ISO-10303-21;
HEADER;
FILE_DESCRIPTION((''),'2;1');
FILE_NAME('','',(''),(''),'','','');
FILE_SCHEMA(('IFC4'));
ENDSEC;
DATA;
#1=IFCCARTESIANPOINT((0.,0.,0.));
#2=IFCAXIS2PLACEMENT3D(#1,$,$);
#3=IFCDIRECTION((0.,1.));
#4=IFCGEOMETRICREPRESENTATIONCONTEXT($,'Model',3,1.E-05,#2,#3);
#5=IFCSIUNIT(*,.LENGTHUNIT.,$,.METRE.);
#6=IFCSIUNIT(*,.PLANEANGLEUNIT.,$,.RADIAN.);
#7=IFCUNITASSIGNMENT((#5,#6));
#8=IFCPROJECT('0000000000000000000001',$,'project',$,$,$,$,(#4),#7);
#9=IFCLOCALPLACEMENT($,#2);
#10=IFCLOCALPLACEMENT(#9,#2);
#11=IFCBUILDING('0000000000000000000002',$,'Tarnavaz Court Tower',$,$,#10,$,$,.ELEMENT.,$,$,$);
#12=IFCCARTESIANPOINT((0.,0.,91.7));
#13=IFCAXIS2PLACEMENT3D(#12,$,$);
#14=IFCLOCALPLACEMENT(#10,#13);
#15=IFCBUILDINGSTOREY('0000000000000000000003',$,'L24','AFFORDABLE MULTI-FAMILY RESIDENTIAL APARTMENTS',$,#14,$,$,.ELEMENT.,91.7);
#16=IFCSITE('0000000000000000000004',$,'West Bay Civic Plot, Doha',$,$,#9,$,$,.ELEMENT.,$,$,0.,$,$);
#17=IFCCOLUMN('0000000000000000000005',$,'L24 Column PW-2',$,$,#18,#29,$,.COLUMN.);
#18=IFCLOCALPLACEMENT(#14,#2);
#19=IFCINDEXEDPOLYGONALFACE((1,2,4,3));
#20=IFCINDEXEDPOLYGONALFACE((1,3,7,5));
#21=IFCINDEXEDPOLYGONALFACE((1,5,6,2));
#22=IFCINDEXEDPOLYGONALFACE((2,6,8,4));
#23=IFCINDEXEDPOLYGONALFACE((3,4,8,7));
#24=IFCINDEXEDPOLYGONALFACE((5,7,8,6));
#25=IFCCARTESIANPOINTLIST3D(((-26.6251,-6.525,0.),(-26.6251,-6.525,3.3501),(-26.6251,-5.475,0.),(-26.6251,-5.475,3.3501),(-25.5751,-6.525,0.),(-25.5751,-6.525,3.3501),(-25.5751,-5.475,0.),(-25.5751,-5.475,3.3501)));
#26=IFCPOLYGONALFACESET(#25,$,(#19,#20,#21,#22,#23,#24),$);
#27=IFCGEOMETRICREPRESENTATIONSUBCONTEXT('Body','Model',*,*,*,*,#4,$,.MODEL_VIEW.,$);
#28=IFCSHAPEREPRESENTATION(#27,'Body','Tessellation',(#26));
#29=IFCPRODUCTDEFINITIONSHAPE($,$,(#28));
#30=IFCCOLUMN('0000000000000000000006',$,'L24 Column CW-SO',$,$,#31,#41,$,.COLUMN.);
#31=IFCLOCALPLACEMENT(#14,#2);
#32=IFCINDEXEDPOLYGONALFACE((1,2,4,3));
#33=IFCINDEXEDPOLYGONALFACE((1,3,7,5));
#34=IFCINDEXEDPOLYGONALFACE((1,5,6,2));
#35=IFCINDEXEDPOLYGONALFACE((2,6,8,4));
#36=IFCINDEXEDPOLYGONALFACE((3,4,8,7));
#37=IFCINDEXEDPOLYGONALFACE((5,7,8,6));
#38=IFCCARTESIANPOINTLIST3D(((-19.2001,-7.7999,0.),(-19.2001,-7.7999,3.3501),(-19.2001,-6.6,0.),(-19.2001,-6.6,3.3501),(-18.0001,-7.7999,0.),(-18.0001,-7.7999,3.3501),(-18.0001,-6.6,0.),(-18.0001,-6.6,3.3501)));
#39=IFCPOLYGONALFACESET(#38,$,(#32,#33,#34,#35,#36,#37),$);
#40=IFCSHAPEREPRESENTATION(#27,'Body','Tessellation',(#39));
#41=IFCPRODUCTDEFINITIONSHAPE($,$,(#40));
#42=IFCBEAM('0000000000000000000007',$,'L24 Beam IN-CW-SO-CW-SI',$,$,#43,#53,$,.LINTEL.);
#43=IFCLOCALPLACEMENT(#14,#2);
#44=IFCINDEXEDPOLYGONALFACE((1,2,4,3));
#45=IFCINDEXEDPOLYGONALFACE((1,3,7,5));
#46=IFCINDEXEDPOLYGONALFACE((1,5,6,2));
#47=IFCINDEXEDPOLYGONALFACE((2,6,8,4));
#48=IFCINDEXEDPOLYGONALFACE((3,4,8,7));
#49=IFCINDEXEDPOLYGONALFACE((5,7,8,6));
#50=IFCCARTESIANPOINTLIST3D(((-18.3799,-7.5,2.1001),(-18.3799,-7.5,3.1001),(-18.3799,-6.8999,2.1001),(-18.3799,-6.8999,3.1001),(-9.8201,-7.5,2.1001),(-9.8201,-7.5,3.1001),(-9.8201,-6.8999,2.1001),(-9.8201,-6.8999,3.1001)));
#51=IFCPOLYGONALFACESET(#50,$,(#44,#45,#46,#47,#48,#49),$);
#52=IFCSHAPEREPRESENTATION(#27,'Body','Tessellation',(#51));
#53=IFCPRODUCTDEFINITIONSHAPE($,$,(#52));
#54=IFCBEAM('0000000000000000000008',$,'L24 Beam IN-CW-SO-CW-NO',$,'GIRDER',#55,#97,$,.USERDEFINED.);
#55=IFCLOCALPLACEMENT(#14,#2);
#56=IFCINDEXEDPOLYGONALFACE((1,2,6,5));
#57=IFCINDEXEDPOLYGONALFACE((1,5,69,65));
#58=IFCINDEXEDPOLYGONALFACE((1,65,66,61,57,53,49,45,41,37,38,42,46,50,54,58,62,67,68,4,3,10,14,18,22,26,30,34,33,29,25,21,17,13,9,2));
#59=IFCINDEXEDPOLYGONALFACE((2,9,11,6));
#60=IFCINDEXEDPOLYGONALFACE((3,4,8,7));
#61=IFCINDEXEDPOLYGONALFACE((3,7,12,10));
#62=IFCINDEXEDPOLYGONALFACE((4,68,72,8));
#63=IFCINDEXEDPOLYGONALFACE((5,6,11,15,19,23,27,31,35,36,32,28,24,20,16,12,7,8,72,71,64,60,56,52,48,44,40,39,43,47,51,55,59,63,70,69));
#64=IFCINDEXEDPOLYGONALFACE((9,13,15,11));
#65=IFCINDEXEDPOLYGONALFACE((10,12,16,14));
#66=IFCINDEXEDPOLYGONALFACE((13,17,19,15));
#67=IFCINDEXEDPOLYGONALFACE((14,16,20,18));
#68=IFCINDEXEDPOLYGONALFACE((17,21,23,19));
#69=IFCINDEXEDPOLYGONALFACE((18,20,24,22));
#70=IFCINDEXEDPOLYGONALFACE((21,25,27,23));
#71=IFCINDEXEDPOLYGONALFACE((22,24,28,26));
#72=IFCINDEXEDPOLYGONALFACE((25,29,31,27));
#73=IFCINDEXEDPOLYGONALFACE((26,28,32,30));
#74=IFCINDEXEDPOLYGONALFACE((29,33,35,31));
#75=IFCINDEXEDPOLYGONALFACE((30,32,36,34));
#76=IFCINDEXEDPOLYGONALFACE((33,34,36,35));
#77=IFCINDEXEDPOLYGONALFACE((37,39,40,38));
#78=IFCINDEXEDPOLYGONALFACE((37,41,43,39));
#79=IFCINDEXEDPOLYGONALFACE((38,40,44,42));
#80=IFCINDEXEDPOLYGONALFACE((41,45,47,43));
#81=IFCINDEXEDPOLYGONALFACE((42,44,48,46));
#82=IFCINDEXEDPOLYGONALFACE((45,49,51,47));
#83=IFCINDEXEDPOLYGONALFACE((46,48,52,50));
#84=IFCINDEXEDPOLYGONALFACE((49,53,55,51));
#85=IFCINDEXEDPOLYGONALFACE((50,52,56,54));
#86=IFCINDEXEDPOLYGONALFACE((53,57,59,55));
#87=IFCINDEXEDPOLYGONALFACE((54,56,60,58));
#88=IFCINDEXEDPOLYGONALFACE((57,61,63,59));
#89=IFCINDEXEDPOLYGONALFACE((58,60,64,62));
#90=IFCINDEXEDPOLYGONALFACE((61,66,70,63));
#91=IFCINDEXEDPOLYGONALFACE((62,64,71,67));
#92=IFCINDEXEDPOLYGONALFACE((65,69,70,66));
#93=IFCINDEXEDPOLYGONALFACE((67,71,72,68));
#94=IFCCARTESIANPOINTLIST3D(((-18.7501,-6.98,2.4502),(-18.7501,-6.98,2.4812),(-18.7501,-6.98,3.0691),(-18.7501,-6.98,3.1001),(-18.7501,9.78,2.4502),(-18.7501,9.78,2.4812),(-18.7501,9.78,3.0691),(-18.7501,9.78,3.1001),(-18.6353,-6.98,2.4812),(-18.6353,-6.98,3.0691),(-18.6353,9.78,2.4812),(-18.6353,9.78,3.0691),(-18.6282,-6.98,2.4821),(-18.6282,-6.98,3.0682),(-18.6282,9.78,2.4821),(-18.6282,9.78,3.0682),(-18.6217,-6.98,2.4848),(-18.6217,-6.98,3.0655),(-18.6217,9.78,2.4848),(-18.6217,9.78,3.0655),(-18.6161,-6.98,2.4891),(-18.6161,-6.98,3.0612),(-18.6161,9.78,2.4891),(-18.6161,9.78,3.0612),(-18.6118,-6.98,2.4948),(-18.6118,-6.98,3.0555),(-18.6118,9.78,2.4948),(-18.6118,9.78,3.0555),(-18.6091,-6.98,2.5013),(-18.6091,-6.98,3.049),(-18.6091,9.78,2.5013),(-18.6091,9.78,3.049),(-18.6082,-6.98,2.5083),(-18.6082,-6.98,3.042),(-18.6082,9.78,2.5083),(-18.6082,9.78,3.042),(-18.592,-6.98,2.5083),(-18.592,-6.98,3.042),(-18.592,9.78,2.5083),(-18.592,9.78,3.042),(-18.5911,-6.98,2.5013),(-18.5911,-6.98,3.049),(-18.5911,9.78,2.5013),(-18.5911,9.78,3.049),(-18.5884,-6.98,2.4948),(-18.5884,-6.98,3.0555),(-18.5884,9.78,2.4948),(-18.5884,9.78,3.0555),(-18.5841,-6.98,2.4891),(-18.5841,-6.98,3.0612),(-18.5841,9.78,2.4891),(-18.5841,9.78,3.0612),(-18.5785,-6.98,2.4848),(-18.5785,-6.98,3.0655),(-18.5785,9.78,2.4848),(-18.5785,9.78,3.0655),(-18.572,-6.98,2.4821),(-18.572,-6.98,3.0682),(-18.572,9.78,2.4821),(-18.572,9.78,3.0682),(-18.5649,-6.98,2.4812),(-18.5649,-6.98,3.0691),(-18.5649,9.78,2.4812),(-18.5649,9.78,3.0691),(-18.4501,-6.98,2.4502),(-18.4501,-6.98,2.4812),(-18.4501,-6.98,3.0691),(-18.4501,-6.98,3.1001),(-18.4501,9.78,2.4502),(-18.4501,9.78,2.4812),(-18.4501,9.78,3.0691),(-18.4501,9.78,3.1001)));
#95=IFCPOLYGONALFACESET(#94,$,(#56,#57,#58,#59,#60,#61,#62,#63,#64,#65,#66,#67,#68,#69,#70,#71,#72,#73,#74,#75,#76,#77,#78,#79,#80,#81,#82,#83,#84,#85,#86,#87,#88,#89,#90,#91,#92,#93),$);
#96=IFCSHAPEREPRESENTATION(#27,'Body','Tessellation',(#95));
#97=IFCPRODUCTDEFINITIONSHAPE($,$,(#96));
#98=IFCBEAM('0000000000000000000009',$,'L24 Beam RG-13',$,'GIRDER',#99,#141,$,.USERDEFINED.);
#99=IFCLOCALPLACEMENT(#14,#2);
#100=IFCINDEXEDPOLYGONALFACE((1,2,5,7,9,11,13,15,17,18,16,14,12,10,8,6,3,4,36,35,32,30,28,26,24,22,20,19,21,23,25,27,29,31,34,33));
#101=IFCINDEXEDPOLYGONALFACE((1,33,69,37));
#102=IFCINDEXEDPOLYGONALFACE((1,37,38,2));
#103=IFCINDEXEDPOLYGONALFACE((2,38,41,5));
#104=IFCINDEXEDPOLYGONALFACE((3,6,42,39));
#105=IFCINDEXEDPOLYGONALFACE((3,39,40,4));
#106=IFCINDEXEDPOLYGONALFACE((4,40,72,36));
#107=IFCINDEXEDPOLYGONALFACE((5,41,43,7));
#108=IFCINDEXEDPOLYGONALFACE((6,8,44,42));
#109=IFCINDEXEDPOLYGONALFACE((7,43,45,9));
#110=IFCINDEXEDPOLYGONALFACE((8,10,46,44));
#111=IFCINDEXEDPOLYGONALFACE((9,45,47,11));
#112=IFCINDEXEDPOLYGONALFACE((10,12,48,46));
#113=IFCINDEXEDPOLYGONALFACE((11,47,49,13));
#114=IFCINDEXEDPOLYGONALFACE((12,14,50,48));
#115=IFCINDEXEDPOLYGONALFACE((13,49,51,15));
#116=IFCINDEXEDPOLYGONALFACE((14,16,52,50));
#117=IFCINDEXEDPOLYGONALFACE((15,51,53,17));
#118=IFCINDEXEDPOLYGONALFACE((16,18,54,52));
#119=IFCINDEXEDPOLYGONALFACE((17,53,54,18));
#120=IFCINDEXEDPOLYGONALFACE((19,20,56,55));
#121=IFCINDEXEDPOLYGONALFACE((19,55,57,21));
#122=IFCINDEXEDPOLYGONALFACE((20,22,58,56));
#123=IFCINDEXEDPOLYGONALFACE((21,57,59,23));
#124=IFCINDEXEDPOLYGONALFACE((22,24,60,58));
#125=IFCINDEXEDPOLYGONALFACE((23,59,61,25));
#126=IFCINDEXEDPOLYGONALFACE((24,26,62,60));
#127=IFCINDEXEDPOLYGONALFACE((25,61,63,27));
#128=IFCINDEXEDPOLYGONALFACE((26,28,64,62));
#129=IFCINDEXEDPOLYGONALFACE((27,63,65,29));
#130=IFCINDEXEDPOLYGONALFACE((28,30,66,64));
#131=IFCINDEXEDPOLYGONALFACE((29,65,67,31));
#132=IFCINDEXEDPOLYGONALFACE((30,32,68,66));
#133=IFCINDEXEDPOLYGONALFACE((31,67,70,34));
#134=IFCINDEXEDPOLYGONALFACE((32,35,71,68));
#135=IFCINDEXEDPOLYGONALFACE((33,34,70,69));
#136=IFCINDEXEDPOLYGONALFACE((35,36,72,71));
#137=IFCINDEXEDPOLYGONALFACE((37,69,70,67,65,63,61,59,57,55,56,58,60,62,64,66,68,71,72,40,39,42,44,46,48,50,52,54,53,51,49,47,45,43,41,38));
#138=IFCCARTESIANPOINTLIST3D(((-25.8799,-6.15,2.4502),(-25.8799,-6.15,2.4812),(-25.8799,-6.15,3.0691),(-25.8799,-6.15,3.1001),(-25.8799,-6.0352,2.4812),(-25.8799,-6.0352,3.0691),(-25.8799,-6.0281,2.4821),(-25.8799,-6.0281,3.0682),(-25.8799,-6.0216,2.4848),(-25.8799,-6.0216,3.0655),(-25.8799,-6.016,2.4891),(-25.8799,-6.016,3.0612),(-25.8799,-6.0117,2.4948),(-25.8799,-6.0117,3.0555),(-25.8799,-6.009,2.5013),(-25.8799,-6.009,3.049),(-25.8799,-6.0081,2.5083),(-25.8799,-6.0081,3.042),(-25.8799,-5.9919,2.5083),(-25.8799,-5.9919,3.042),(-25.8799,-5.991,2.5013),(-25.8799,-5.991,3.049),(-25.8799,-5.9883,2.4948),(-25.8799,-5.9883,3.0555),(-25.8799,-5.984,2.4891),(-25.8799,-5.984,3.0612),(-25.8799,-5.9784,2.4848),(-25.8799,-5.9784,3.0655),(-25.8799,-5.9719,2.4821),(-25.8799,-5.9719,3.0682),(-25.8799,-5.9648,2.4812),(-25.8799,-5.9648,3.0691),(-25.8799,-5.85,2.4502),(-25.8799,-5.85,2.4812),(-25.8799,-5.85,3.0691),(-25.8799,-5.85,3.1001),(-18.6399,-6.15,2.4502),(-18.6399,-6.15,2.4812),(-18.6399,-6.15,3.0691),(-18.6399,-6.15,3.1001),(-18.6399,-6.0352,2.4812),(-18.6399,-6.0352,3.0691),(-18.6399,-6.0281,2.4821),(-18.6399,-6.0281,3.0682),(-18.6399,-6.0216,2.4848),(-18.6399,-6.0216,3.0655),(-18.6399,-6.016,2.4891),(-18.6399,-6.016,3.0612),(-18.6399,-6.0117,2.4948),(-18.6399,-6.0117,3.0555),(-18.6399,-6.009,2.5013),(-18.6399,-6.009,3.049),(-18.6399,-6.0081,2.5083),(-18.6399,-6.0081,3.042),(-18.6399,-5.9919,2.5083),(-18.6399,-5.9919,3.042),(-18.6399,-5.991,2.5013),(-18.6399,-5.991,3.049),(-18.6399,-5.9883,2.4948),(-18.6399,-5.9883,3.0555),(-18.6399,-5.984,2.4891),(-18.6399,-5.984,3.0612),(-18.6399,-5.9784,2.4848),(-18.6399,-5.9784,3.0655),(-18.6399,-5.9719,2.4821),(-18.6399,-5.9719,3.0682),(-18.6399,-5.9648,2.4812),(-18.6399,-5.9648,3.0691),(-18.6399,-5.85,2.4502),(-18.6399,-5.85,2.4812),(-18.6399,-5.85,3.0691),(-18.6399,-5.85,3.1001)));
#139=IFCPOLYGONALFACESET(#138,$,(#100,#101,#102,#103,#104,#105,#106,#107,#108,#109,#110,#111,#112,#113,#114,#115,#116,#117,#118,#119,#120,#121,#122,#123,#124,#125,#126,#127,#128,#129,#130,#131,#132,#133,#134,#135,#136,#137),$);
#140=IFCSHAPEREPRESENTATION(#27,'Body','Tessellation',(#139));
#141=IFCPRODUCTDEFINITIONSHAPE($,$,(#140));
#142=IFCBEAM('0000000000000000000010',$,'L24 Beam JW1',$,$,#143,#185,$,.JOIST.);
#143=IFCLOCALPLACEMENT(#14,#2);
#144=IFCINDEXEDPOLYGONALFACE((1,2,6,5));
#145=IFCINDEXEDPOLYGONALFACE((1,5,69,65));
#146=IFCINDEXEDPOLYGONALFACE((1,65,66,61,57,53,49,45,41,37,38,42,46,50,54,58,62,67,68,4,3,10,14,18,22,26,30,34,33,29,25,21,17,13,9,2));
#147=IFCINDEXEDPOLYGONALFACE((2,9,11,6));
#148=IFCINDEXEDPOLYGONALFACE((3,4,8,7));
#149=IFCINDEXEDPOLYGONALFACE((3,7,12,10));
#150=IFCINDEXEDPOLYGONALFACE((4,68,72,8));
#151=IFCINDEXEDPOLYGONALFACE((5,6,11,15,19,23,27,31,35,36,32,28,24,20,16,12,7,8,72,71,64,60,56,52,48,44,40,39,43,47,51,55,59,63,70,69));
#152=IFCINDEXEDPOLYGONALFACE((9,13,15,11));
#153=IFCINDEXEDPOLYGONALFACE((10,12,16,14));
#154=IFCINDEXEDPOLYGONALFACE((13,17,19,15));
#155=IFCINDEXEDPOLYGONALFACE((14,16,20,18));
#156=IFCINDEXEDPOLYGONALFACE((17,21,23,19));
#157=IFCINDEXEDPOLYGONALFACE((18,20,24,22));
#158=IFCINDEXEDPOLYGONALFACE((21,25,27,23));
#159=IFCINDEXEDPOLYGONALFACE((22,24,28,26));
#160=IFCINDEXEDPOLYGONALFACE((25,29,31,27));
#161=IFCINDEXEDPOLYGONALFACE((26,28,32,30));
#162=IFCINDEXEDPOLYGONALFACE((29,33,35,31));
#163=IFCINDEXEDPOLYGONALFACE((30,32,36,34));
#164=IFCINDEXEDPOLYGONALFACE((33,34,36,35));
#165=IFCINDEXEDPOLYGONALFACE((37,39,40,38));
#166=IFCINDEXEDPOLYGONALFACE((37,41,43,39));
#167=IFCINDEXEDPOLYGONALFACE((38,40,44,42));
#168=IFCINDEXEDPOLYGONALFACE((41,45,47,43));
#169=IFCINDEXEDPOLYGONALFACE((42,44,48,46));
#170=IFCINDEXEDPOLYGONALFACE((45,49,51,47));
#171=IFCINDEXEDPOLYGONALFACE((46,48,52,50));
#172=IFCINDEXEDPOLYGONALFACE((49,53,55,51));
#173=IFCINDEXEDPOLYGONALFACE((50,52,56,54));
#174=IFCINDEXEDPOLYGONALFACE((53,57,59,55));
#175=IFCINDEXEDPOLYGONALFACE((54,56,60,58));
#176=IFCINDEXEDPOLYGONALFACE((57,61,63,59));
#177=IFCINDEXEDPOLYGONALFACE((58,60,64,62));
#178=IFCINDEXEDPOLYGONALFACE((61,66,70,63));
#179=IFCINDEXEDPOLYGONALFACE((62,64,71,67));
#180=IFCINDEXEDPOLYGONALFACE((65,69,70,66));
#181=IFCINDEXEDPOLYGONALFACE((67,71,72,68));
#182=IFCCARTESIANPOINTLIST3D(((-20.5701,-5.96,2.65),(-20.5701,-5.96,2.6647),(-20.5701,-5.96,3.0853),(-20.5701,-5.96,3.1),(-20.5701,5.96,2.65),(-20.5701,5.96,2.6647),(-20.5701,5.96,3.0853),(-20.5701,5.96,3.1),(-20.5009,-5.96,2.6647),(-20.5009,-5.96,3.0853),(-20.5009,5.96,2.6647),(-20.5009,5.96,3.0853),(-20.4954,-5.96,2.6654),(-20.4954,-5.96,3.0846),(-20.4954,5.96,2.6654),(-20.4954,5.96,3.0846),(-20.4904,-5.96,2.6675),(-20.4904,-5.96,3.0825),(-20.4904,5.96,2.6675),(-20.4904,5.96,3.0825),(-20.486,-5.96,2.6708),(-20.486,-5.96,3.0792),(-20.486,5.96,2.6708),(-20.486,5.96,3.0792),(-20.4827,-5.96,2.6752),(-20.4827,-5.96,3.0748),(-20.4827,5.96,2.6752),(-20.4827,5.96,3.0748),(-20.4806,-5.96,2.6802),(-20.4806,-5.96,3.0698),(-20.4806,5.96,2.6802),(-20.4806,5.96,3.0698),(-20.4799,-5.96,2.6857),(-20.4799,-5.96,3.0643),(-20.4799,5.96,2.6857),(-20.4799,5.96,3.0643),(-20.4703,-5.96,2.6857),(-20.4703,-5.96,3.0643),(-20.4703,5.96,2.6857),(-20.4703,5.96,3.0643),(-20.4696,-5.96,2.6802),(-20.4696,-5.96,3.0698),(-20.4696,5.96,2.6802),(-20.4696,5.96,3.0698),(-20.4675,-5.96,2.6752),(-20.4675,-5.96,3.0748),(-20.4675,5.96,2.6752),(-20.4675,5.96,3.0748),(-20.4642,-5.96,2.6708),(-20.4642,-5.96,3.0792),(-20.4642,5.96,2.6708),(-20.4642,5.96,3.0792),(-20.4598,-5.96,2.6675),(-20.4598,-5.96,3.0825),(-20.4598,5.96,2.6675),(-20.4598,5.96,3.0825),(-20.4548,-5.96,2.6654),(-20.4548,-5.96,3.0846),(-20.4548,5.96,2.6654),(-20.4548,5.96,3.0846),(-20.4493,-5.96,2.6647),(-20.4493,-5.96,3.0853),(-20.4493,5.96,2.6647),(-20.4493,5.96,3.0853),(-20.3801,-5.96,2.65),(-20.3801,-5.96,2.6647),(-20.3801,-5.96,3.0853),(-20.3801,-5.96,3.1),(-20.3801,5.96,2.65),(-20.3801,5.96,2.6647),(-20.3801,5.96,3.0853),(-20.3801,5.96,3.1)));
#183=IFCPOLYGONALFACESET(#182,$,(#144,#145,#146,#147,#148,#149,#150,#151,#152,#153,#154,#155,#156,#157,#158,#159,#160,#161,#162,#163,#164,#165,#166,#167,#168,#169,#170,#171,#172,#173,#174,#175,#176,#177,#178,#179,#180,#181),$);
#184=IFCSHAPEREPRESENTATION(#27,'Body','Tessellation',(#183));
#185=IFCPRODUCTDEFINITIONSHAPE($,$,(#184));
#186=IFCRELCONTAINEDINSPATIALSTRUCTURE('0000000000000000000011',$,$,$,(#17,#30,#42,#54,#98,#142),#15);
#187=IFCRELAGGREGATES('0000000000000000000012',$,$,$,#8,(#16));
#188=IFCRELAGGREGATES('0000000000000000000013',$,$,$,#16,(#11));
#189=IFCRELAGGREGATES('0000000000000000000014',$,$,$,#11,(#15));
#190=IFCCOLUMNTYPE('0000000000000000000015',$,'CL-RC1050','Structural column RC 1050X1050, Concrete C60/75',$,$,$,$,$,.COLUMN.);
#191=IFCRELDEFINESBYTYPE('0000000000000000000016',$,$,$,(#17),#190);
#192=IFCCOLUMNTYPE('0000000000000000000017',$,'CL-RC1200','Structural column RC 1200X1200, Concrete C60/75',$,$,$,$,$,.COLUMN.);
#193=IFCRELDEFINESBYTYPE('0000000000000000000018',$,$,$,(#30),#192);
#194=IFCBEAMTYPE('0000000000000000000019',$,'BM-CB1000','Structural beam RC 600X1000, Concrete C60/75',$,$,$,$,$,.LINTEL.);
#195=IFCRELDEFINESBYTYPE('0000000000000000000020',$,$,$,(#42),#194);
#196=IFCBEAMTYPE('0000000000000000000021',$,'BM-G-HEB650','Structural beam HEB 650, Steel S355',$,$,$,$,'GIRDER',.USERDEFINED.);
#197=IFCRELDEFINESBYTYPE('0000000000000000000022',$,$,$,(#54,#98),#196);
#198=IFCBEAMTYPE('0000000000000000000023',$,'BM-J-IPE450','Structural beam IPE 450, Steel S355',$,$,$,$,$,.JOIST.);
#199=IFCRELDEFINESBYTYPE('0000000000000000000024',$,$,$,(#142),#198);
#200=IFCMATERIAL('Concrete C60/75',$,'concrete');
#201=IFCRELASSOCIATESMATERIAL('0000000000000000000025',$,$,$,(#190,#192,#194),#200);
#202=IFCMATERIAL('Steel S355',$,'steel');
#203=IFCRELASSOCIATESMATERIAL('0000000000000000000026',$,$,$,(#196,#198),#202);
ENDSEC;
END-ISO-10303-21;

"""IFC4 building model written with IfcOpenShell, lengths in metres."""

from ifc_helpers import new_model, si_unit, direction, frame, origin, origin_2d, place, context, subcontext, project, spatial, rectangle, i_section, extrude, material, material_profile, profile_set, type_object, element, save


model = new_model("IFC4")

# Units and contexts
model_context = context("Model", 3, precision=1e-05, world=origin(), true_north=direction((0.0, 1.0)))
body_context = subcontext(model_context, "Body", "Model", "MODEL_VIEW")
ifc_project = project(units=[si_unit("LENGTHUNIT", "METRE"), si_unit("PLANEANGLEUNIT", "RADIAN")], contexts=[model_context])

# Site, building, storey
site_placement = place(None, origin())
site = spatial("IfcSite", under=ifc_project, at=site_placement, Name="West Bay Civic Plot, Doha", CompositionType="ELEMENT", RefElevation=0.0)
building_placement = place(site_placement, origin())
building = spatial("IfcBuilding", under=site, at=building_placement, Name="Tarnavaz Court Tower", CompositionType="ELEMENT")
storey_placement = place(building_placement, frame((0.0, 0.0, 91.7)))
storey = spatial("IfcBuildingStorey", under=building, at=storey_placement, Name="L24", Description="AFFORDABLE MULTI-FAMILY RESIDENTIAL APARTMENTS", CompositionType="ELEMENT", Elevation=91.7)

# Columns
ifc_material_1 = material(Name="Concrete C60/75", Category="concrete")
ifc_material_profile_1 = material_profile(ifc_material_1, rectangle(XDim=1.05, YDim=1.05, at=origin_2d()), Name="RC 1050X1050")
ifc_profile_set_1 = profile_set([ifc_material_profile_1], Name="Concrete C60/75")
column_type_1 = type_object("IfcColumnType", Name="CL-RC1050", Description="Structural column RC 1050X1050, Concrete C60/75", PredefinedType="COLUMN", material=ifc_profile_set_1)
column_1_placement = place(storey_placement, frame((-26.1001, -6.0, 0.0), z_axis=(0.0, 0.0, 1.0), x_axis=(1.0, 0.0, 0.0)))
element("IfcColumn", 1, at=column_1_placement, inside=storey, type_object=column_type_1, Name="L24 Column PW-2", PredefinedType="COLUMN", context=body_context, shape_type="SweptSolid", body=[
    extrude(rectangle(XDim=1.05, YDim=1.05, at=origin_2d()), origin(), (0.0, 0.0, 1.0), 3.3501),
])
ifc_material_profile_2 = material_profile(ifc_material_1, rectangle(XDim=1.2, YDim=1.2, at=origin_2d()), Name="RC 1200X1200")
ifc_profile_set_2 = profile_set([ifc_material_profile_2], Name="Concrete C60/75")
column_type_2 = type_object("IfcColumnType", Name="CL-RC1200", Description="Structural column RC 1200X1200, Concrete C60/75", PredefinedType="COLUMN", material=ifc_profile_set_2)
column_2_placement = place(storey_placement, frame((-18.6001, -7.2, 0.0), z_axis=(0.0, 0.0, 1.0), x_axis=(1.0, 0.0, 0.0)))
element("IfcColumn", 2, at=column_2_placement, inside=storey, type_object=column_type_2, Name="L24 Column CW-SO", PredefinedType="COLUMN", context=body_context, shape_type="SweptSolid", body=[
    extrude(rectangle(XDim=1.2, YDim=1.2, at=origin_2d()), origin(), (0.0, 0.0, 1.0), 3.3501),
])

# Beams
ifc_material_profile_3 = material_profile(ifc_material_1, rectangle(XDim=0.6001, YDim=1.0, at=origin_2d()), Name="RC 600X1000")
ifc_profile_set_3 = profile_set([ifc_material_profile_3], Name="Concrete C60/75")
beam_type_1 = type_object("IfcBeamType", Name="BM-CB1000", Description="Structural beam RC 600X1000, Concrete C60/75", PredefinedType="LINTEL", material=ifc_profile_set_3)
beam_1_placement = place(storey_placement, frame((-18.3799, -7.2, 2.6001), z_axis=(1.0, 0.0, 0.0), x_axis=(0.0, 1.0, 0.0)))
element("IfcBeam", 3, at=beam_1_placement, inside=storey, type_object=beam_type_1, Name="L24 Beam IN-CW-SO-CW-SI", PredefinedType="LINTEL", context=body_context, shape_type="SweptSolid", body=[
    extrude(rectangle(XDim=0.6001, YDim=1.0, at=origin_2d()), origin(), (0.0, 0.0, 1.0), 8.5598),
])
ifc_material_2 = material(Name="Steel S355", Category="steel")
ifc_material_profile_4 = material_profile(ifc_material_2, i_section(OverallWidth=0.3, OverallDepth=0.6499, WebThickness=0.0161, FlangeThickness=0.031, FilletRadius=0.0271, at=origin_2d()), Name="HEB 650")
ifc_profile_set_4 = profile_set([ifc_material_profile_4], Name="Steel S355")
beam_type_2 = type_object("IfcBeamType", Name="BM-G-HEB650", Description="Structural beam HEB 650, Steel S355", ElementType="GIRDER", PredefinedType="USERDEFINED", material=ifc_profile_set_4)
beam_2_placement = place(storey_placement, frame((-18.6001, -6.98, 2.7751), z_axis=(0.0, 1.0, 0.0), x_axis=(-1.0, 0.0, 0.0)))
element("IfcBeam", 4, at=beam_2_placement, inside=storey, type_object=beam_type_2, Name="L24 Beam IN-CW-SO-CW-NO", ObjectType="GIRDER", PredefinedType="USERDEFINED", context=body_context, shape_type="SweptSolid", body=[
    extrude(i_section(OverallWidth=0.3, OverallDepth=0.6499, WebThickness=0.0161, FlangeThickness=0.031, FilletRadius=0.0271, at=origin_2d()), origin(), (0.0, 0.0, 1.0), 16.76),
])
beam_3_placement = place(storey_placement, frame((-18.6399, -6.0, 2.7751), z_axis=(-1.0, 0.0, 0.0), x_axis=(0.0, -1.0, 0.0)))
element("IfcBeam", 5, at=beam_3_placement, inside=storey, type_object=beam_type_2, Name="L24 Beam RG-13", ObjectType="GIRDER", PredefinedType="USERDEFINED", context=body_context, shape_type="SweptSolid", body=[
    extrude(i_section(OverallWidth=0.3, OverallDepth=0.6499, WebThickness=0.0161, FlangeThickness=0.031, FilletRadius=0.0271, at=origin_2d()), origin(), (0.0, 0.0, 1.0), 7.24),
])
ifc_material_profile_5 = material_profile(ifc_material_2, i_section(OverallWidth=0.1899, OverallDepth=0.45, WebThickness=0.0095, FlangeThickness=0.0146, FilletRadius=0.021, at=origin_2d()), Name="IPE 450")
ifc_profile_set_5 = profile_set([ifc_material_profile_5], Name="Steel S355")
beam_type_3 = type_object("IfcBeamType", Name="BM-J-IPE450", Description="Structural beam IPE 450, Steel S355", PredefinedType="JOIST", material=ifc_profile_set_5)
for number, where, z_axis, x_axis, name in (
    (6, (-20.4751, -5.96, 2.875), (0.0, 1.0, 0.0), (-1.0, 0.0, 0.0), "L24 Beam JW1"),
):
    element("IfcBeam", number, at=place(storey_placement, frame(where, z_axis=z_axis, x_axis=x_axis)), inside=storey, type_object=beam_type_3, Name=name, PredefinedType="JOIST", context=body_context, shape_type="SweptSolid", body=[
        extrude(i_section(OverallWidth=0.1899, OverallDepth=0.45, WebThickness=0.0095, FlangeThickness=0.0146, FilletRadius=0.021, at=origin_2d()), origin(), (0.0, 0.0, 1.0), 11.9199),
    ])

save(model, "model.ifc")
